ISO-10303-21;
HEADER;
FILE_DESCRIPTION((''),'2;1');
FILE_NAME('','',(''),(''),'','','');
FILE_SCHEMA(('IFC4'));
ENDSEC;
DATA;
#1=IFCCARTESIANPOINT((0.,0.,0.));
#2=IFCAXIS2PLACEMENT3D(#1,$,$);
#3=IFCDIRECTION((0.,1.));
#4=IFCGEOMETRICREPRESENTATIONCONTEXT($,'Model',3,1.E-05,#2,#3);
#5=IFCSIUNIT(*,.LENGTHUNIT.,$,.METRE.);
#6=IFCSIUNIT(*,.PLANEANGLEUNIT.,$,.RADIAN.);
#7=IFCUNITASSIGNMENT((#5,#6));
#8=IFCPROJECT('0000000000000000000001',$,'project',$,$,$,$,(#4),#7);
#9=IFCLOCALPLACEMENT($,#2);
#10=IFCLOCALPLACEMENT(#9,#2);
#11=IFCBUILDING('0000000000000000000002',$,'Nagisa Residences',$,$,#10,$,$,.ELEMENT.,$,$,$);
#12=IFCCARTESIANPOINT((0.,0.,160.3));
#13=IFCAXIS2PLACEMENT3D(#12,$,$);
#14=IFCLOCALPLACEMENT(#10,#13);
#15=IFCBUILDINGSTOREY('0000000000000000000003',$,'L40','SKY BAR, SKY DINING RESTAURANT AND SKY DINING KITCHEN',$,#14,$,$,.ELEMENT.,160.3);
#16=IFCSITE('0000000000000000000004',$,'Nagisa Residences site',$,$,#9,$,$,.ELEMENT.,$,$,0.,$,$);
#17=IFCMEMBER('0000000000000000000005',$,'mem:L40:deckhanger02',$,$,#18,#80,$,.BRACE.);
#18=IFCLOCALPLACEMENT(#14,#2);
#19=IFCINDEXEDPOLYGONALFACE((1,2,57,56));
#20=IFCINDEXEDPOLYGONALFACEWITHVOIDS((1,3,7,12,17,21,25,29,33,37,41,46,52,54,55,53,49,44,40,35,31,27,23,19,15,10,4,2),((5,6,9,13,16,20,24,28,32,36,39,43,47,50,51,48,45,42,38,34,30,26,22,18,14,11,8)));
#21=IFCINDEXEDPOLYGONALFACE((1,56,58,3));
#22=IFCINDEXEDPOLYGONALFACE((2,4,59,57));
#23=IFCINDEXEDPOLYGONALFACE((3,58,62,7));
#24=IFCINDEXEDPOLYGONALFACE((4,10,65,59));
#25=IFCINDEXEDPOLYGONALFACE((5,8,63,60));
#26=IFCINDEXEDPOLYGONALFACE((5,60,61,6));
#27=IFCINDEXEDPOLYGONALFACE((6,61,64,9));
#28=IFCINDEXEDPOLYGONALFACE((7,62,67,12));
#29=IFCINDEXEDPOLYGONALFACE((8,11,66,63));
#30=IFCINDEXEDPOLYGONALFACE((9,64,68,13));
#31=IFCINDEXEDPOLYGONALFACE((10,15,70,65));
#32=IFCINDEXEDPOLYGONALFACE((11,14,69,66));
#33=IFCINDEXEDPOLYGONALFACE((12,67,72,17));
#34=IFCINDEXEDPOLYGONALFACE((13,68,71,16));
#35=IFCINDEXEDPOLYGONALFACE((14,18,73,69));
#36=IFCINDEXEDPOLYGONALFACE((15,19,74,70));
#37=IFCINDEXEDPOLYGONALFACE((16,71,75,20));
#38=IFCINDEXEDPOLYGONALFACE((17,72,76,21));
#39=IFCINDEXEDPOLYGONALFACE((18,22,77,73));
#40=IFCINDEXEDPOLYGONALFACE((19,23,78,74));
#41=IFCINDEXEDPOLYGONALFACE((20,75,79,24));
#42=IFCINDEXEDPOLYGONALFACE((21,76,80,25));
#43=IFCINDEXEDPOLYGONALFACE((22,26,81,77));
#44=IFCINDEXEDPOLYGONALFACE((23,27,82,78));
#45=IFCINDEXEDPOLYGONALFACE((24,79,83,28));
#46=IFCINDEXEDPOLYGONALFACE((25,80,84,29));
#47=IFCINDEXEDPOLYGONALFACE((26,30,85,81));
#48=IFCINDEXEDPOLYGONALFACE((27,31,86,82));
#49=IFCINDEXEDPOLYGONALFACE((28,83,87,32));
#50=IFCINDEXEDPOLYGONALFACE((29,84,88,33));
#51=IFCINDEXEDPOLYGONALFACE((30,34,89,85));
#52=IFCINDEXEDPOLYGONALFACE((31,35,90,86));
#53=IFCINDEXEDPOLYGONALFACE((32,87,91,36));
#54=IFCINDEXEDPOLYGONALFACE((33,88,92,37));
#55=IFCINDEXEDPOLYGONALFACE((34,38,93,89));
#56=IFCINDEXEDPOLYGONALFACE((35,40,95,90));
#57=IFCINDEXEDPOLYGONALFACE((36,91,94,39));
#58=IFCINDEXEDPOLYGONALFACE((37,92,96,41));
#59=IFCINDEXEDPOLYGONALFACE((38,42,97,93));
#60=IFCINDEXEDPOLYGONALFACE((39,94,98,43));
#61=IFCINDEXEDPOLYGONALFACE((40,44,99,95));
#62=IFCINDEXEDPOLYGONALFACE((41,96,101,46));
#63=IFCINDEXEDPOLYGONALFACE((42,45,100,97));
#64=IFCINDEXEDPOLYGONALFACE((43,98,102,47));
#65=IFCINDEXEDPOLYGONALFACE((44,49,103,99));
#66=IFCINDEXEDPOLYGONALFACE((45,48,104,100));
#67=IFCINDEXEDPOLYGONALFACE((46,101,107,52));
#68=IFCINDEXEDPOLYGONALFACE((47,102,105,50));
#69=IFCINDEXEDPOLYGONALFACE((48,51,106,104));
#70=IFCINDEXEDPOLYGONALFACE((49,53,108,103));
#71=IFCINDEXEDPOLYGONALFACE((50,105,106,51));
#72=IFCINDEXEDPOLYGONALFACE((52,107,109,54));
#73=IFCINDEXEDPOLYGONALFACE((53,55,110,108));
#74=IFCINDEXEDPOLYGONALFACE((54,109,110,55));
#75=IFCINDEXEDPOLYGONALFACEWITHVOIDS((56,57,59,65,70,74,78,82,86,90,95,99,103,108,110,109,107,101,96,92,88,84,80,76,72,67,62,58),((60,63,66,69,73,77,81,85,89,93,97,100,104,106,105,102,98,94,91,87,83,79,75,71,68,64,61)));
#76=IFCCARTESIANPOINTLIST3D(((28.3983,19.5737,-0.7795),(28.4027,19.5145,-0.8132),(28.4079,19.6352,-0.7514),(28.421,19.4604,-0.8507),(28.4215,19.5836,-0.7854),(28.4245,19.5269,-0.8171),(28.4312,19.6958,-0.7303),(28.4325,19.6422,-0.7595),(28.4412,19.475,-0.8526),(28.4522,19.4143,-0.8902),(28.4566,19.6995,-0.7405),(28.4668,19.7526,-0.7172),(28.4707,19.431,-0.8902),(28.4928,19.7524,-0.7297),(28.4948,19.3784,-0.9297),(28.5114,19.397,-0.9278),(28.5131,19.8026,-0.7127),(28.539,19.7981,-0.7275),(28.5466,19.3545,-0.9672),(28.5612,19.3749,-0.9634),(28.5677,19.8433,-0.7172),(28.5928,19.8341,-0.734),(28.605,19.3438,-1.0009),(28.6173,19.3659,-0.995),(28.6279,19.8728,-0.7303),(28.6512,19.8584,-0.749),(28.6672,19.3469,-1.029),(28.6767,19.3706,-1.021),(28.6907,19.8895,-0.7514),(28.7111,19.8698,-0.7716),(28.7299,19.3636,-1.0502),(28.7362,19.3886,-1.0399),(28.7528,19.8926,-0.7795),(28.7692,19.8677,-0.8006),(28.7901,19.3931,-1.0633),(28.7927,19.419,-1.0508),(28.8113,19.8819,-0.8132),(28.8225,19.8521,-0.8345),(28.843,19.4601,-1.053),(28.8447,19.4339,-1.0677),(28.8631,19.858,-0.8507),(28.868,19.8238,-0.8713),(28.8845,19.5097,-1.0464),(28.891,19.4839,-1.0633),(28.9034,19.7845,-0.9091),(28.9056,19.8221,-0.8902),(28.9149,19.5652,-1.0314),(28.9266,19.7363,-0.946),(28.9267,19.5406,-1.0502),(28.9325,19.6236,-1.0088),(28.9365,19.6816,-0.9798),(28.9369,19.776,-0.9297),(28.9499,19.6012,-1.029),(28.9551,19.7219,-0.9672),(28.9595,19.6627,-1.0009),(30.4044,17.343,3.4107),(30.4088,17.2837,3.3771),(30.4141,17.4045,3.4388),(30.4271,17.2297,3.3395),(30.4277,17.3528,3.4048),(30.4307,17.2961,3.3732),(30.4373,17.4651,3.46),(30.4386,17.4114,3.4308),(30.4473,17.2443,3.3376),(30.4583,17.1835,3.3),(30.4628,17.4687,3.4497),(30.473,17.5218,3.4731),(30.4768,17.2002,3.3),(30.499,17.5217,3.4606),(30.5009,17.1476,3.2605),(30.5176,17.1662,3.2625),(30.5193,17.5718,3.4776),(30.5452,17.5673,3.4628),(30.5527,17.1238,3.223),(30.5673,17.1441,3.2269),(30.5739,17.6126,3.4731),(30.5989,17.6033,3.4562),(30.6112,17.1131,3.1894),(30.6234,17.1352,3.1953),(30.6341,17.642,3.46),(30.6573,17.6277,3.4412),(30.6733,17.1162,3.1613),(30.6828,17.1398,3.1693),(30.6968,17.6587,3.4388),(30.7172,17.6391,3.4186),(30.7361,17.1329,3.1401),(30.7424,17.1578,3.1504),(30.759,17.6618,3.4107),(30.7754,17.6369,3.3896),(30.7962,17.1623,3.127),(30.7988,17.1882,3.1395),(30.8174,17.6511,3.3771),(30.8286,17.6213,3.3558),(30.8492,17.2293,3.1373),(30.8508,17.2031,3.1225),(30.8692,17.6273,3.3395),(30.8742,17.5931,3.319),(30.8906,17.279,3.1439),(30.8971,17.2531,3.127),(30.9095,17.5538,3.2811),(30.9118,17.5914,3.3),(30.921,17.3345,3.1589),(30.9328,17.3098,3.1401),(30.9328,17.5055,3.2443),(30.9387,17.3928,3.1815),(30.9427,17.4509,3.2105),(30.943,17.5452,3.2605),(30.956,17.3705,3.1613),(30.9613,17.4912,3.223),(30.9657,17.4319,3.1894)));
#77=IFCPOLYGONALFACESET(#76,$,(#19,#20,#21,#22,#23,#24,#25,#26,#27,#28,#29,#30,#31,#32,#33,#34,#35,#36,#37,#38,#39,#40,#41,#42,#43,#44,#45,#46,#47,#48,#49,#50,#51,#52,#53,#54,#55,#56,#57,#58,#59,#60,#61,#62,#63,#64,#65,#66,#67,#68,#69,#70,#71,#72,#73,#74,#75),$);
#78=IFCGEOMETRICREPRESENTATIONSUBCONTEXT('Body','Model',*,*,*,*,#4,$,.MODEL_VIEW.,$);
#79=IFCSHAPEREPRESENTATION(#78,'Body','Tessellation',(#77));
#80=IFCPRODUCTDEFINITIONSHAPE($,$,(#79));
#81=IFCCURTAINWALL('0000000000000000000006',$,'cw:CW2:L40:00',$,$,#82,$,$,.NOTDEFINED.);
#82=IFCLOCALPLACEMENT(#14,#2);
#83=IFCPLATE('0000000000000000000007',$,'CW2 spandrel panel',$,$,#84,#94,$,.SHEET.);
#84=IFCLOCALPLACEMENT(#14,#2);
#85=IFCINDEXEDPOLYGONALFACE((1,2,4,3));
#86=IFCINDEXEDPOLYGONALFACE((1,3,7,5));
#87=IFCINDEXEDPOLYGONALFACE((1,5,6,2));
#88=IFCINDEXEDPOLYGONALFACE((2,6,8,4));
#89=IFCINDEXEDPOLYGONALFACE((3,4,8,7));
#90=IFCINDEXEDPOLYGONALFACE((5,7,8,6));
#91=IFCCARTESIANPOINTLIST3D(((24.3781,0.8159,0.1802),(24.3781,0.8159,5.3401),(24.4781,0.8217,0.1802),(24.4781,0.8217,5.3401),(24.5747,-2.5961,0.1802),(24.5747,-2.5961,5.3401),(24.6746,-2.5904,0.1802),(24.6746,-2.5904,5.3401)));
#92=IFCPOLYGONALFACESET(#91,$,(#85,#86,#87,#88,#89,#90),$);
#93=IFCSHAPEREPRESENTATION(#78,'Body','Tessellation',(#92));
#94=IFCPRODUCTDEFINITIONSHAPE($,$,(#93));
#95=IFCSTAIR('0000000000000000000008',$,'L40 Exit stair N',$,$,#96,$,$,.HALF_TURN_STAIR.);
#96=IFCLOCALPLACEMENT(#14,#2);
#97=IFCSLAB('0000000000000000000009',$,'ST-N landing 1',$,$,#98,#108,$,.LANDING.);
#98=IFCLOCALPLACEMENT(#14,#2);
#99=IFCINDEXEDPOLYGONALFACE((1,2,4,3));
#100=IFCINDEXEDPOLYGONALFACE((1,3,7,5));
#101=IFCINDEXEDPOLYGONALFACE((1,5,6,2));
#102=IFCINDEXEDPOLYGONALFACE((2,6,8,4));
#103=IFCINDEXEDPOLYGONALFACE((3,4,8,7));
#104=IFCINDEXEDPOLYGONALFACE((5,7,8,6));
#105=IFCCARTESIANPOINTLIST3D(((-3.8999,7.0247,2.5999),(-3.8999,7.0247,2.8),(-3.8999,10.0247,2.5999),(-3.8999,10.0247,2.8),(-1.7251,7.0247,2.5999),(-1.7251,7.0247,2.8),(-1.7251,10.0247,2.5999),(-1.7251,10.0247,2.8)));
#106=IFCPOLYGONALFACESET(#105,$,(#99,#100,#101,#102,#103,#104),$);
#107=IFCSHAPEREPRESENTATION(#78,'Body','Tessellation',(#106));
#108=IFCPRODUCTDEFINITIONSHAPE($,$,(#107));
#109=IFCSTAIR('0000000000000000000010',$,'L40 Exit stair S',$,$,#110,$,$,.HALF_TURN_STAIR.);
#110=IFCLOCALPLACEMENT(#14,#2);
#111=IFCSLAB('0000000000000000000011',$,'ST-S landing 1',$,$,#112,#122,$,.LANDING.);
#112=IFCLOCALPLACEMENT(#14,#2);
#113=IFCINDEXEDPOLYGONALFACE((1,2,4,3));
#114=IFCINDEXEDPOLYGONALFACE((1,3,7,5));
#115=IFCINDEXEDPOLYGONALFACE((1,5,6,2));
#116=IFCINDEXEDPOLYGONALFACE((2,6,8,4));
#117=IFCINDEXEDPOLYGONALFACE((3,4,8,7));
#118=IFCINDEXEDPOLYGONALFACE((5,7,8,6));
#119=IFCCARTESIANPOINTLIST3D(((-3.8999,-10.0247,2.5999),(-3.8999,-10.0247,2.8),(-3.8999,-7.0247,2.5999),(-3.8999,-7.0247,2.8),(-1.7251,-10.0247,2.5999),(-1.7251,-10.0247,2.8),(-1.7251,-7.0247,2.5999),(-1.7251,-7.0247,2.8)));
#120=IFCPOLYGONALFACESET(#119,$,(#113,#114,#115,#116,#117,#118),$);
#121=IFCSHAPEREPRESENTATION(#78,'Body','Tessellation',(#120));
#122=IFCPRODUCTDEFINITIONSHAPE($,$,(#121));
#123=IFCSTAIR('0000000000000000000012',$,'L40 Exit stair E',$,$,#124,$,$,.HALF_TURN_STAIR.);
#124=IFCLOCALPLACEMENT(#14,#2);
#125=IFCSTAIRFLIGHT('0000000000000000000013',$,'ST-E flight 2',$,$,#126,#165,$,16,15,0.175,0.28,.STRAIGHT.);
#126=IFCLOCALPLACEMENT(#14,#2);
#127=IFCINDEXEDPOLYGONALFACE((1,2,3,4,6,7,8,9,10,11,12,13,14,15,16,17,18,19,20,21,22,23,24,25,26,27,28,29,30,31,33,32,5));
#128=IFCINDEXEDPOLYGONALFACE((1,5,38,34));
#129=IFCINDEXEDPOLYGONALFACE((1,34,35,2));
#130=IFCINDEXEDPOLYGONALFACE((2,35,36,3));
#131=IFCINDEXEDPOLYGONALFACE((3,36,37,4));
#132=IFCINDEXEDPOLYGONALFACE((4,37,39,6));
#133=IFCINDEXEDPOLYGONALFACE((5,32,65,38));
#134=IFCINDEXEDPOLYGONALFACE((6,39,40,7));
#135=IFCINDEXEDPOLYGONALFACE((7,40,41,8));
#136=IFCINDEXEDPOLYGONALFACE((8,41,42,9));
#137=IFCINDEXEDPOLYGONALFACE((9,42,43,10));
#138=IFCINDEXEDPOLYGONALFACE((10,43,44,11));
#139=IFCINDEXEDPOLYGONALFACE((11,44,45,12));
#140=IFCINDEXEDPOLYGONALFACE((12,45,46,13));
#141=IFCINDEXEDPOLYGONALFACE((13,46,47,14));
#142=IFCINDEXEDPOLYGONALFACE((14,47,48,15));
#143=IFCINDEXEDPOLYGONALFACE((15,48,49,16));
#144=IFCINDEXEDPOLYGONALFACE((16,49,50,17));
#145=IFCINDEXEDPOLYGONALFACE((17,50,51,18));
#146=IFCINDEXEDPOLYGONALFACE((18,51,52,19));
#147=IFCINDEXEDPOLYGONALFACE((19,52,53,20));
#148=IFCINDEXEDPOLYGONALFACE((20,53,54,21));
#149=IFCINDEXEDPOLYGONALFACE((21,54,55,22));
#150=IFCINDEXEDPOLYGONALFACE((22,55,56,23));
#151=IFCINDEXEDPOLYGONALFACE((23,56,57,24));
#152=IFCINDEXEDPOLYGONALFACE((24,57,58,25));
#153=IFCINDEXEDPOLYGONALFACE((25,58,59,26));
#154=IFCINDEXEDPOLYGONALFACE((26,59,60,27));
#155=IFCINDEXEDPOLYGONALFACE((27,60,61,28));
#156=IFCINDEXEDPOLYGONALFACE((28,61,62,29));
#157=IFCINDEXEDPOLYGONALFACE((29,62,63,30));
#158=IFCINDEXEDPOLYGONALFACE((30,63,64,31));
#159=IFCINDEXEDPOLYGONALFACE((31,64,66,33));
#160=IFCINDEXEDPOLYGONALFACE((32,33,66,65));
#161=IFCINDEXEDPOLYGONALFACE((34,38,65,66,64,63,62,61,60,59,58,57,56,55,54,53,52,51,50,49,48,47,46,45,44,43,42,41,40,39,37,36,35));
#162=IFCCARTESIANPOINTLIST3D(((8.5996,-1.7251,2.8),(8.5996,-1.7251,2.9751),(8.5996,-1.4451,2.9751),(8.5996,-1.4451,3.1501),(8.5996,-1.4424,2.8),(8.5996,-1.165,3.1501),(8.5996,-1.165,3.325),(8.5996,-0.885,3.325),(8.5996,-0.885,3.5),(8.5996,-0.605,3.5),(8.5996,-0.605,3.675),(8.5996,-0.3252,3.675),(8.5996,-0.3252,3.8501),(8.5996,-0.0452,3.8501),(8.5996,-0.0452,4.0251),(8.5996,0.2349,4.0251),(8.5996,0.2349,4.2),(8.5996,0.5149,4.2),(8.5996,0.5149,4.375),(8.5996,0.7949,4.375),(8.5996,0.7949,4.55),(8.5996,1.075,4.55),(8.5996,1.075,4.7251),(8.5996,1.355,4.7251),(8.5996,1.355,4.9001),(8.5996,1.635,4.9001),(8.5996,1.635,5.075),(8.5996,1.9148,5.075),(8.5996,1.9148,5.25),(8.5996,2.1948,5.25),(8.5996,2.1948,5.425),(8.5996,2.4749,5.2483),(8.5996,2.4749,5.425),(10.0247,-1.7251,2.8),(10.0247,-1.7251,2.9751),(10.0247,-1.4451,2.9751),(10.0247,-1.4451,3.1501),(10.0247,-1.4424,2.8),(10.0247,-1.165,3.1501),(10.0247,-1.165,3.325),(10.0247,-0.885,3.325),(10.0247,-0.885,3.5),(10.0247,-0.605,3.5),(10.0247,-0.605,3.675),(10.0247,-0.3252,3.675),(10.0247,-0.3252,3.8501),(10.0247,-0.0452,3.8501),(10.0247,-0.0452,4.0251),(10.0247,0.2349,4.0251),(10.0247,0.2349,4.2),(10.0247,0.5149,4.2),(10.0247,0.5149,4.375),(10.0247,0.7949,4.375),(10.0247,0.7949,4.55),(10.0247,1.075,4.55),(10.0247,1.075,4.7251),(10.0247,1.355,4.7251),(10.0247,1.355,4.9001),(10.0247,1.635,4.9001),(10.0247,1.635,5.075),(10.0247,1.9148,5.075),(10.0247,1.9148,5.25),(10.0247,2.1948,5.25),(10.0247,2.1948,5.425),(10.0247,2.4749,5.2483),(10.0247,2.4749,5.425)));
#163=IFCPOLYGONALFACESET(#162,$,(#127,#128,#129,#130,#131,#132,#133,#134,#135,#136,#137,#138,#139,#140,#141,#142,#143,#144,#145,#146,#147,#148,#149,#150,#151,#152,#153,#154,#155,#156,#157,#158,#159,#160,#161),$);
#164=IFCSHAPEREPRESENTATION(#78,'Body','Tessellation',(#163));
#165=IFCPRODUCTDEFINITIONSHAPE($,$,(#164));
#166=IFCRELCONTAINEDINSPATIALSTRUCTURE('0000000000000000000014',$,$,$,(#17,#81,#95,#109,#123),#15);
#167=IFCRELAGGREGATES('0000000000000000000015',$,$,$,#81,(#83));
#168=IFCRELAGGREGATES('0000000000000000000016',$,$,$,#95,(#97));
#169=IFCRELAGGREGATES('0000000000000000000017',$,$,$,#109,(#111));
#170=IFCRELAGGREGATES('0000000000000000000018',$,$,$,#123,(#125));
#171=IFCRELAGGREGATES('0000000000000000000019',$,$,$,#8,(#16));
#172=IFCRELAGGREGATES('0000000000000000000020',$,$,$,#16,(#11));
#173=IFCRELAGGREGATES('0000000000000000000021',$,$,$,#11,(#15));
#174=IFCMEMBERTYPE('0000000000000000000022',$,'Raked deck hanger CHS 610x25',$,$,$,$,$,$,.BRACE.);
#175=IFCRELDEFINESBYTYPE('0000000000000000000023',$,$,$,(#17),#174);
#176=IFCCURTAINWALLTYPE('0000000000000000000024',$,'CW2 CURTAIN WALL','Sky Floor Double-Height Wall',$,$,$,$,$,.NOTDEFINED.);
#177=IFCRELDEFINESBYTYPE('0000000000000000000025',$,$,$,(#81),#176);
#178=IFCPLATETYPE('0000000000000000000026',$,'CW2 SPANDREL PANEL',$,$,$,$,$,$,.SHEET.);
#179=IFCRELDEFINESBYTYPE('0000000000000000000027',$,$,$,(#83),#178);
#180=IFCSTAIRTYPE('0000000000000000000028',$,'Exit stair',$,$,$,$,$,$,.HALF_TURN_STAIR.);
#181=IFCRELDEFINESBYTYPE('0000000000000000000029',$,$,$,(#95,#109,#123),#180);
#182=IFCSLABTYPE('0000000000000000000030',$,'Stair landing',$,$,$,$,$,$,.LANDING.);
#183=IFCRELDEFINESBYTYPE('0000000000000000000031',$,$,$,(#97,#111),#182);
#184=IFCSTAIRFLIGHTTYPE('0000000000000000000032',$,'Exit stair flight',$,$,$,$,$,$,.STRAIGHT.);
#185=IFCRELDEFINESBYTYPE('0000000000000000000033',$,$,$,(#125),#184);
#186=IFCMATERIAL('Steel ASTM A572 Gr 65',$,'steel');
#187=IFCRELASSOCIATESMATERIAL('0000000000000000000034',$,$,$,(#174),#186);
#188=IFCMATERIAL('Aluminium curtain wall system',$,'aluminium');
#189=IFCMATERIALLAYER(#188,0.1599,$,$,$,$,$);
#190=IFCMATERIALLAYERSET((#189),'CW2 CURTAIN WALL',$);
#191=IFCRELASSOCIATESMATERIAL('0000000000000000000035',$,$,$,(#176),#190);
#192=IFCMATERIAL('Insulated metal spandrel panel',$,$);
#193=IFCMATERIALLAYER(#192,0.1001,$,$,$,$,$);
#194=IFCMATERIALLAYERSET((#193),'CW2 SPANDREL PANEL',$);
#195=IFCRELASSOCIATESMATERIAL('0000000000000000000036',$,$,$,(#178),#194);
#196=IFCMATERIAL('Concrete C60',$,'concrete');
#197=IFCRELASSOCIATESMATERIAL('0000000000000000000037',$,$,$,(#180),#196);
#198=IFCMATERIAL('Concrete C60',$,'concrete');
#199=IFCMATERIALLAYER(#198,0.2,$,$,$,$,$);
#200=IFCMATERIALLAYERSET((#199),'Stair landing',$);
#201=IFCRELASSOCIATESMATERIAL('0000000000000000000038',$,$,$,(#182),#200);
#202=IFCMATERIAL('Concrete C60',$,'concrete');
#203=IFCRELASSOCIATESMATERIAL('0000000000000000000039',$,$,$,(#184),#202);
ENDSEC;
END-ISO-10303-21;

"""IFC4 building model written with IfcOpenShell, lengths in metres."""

from ifc_helpers import new_model, si_unit, direction, frame, origin, origin_2d, place, context, subcontext, project, spatial, polyline, rectangle, hollow_circle, outline, extrude, material, layer, layer_set, material_profile, profile_set, type_object, element, aggregate, save


model = new_model("IFC4")

# Units and contexts
model_context = context("Model", 3, precision=1e-05, world=origin(), true_north=direction((0.0, 1.0)))
body_context = subcontext(model_context, "Body", "Model", "MODEL_VIEW")
ifc_project = project(units=[si_unit("LENGTHUNIT", "METRE"), si_unit("PLANEANGLEUNIT", "RADIAN")], contexts=[model_context])

# Site, building, storey
site_placement = place(None, origin())
site = spatial("IfcSite", under=ifc_project, at=site_placement, Name="Nagisa Residences site", CompositionType="ELEMENT", RefElevation=0.0)
building_placement = place(site_placement, origin())
building = spatial("IfcBuilding", under=site, at=building_placement, Name="Nagisa Residences", CompositionType="ELEMENT")
storey_placement = place(building_placement, frame((0.0, 0.0, 160.3)))
storey = spatial("IfcBuildingStorey", under=building, at=storey_placement, Name="L40", Description="SKY BAR, SKY DINING RESTAURANT AND SKY DINING KITCHEN", CompositionType="ELEMENT", Elevation=160.3)

# Member
ifc_material_1 = material(Name="Steel ASTM A572 Gr 65", Category="steel")
ifc_material_profile_1 = material_profile(ifc_material_1, hollow_circle(Radius=0.3049, WallThickness=0.0249, at=origin_2d()), Name="CHS 610x25")
ifc_profile_set_1 = profile_set([ifc_material_profile_1], Name="Steel ASTM A572 Gr 65")
member_type_1 = type_object("IfcMemberType", Name="Raked deck hanger CHS 610x25", PredefinedType="BRACE", material=ifc_profile_set_1)
member_1_placement = place(storey_placement, frame((30.6851, 17.3875, 3.3), z_axis=(-0.389273, 0.432857, -0.813081), x_axis=(-0.743549, -0.668681, 0.0)))
element("IfcMember", 1, at=member_1_placement, inside=storey, type_object=member_type_1, Name="mem:L40:deckhanger02", PredefinedType="BRACE", context=body_context, shape_type="SweptSolid", body=[
    extrude(hollow_circle(Radius=0.3049, WallThickness=0.0249, at=origin_2d()), origin(), (0.0, 0.0, 1.0), 5.1536),
])

# Curtain wall, plate
ifc_material_2 = material(Name="Aluminium curtain wall system", Category="aluminium")
ifc_layer_1 = layer(ifc_material_2, 0.1599)
ifc_layer_set_1 = layer_set([ifc_layer_1], Name="CW2 CURTAIN WALL")
curtain_wall_type = type_object("IfcCurtainWallType", Name="CW2 CURTAIN WALL", Description="Sky Floor Double-Height Wall", PredefinedType="NOTDEFINED", material=ifc_layer_set_1)
curtain_wall_placement = place(storey_placement, origin())
curtain_wall = element("IfcCurtainWall", 2, at=curtain_wall_placement, inside=storey, type_object=curtain_wall_type, Name="cw:CW2:L40:00", PredefinedType="NOTDEFINED")
ifc_material_3 = material(Name="Insulated metal spandrel panel")
ifc_layer_2 = layer(ifc_material_3, 0.1001)
ifc_layer_set_2 = layer_set([ifc_layer_2], Name="CW2 SPANDREL PANEL")
plate_type = type_object("IfcPlateType", Name="CW2 SPANDREL PANEL", PredefinedType="SHEET", material=ifc_layer_set_2)
plate_placement = place(storey_placement, frame((24.5264, -0.8872, 0.1802), z_axis=(0.0, 0.0, 1.0), x_axis=(-0.057503, 0.998345, 0.0)))
plate = element("IfcPlate", 3, at=plate_placement, type_object=plate_type, Name="CW2 spandrel panel", PredefinedType="SHEET", context=body_context, shape_type="SweptSolid", body=[
    extrude(rectangle(XDim=3.4177, YDim=0.1001, at=origin_2d()), origin(), (0.0, 0.0, 1.0), 5.1599),
])
aggregate(curtain_wall, [plate])

# Stairs, slabs
ifc_material_4 = material(Name="Concrete C60", Category="concrete")
stair_type = type_object("IfcStairType", Name="Exit stair", PredefinedType="HALF_TURN_STAIR", material=ifc_material_4)
stair_1_placement = place(storey_placement, origin())
stair_1 = element("IfcStair", 4, at=stair_1_placement, inside=storey, type_object=stair_type, Name="L40 Exit stair N", PredefinedType="HALF_TURN_STAIR")
ifc_material_5 = material(Name="Concrete C60", Category="concrete")
ifc_layer_3 = layer(ifc_material_5, 0.2)
ifc_layer_set_3 = layer_set([ifc_layer_3], Name="Stair landing")
slab_type = type_object("IfcSlabType", Name="Stair landing", PredefinedType="LANDING", material=ifc_layer_set_3)
slab_1_placement = place(storey_placement, frame((0.0, 0.0, 2.5999)))
slab_1 = element("IfcSlab", 5, at=slab_1_placement, type_object=slab_type, Name="ST-N landing 1", PredefinedType="LANDING", context=body_context, shape_type="SweptSolid", body=[
    extrude(outline(polyline([(-1.7251, 10.0247), (-3.8999, 10.0247), (-3.8999, 7.0247), (-1.7251, 7.0247), (-1.7251, 10.0247)])), origin(), (0.0, 0.0, 1.0), 0.2002),
])
aggregate(stair_1, [slab_1])
stair_2_placement = place(storey_placement, origin())
stair_2 = element("IfcStair", 6, at=stair_2_placement, inside=storey, type_object=stair_type, Name="L40 Exit stair S", PredefinedType="HALF_TURN_STAIR")
slab_2_placement = place(storey_placement, frame((0.0, 0.0, 2.5999)))
slab_2 = element("IfcSlab", 7, at=slab_2_placement, type_object=slab_type, Name="ST-S landing 1", PredefinedType="LANDING", context=body_context, shape_type="SweptSolid", body=[
    extrude(outline(polyline([(-1.7251, -7.0247), (-3.8999, -7.0247), (-3.8999, -10.0247), (-1.7251, -10.0247), (-1.7251, -7.0247)])), origin(), (0.0, 0.0, 1.0), 0.2002),
])
aggregate(stair_2, [slab_2])

# Stair, stair flight
stair_3_placement = place(storey_placement, origin())
stair_3 = element("IfcStair", 8, at=stair_3_placement, inside=storey, type_object=stair_type, Name="L40 Exit stair E", PredefinedType="HALF_TURN_STAIR")
ifc_material_6 = material(Name="Concrete C60", Category="concrete")
stair_flight_type = type_object("IfcStairFlightType", Name="Exit stair flight", PredefinedType="STRAIGHT", material=ifc_material_6)
stair_flight_placement = place(storey_placement, frame((9.312, -1.7251, 2.8), z_axis=(0.0, 0.0, 1.0), x_axis=(0.0, 1.0, 0.0)))
stair_flight = element("IfcStairFlight", 9, at=stair_flight_placement, type_object=stair_flight_type, Name="ST-E flight 2", NumberOfRisers=16, NumberOfTreads=15, PredefinedType="STRAIGHT", RiserHeight=0.175, TreadLength=0.28, context=body_context, shape_type="SweptSolid", body=[
    extrude(outline(polyline([(0.0, 0.0), (0.0, 0.175), (0.28, 0.175), (0.28, 0.3501), (0.5601, 0.3501), (0.5601, 0.5249), (0.8401, 0.5249), (0.8401, 0.7), (1.1201, 0.7), (1.1201, 0.875), (1.3999, 0.875), (1.3999, 1.05), (1.6799, 1.05), (1.6799, 1.2251), (1.96, 1.2251), (1.96, 1.3999), (2.24, 1.3999), (2.24, 1.575), (2.52, 1.575), (2.52, 1.75), (2.8, 1.75), (2.8, 1.925), (3.0801, 1.925), (3.0801, 2.1001), (3.3601, 2.1001), (3.3601, 2.2749), (3.6399, 2.2749), (3.6399, 2.45), (3.9199, 2.45), (3.9199, 2.625), (4.2, 2.625), (4.2, 2.8), (4.2, 2.4482), (0.2827, 0.0), (0.0, 0.0)])), frame((0.0, 0.7124, 0.0), z_axis=(0.0, -1.0, 0.0), x_axis=(1.0, 0.0, 0.0)), (0.0, 0.0, 1.0), 1.425),
])
aggregate(stair_3, [stair_flight])

save(model, "model.ifc")
